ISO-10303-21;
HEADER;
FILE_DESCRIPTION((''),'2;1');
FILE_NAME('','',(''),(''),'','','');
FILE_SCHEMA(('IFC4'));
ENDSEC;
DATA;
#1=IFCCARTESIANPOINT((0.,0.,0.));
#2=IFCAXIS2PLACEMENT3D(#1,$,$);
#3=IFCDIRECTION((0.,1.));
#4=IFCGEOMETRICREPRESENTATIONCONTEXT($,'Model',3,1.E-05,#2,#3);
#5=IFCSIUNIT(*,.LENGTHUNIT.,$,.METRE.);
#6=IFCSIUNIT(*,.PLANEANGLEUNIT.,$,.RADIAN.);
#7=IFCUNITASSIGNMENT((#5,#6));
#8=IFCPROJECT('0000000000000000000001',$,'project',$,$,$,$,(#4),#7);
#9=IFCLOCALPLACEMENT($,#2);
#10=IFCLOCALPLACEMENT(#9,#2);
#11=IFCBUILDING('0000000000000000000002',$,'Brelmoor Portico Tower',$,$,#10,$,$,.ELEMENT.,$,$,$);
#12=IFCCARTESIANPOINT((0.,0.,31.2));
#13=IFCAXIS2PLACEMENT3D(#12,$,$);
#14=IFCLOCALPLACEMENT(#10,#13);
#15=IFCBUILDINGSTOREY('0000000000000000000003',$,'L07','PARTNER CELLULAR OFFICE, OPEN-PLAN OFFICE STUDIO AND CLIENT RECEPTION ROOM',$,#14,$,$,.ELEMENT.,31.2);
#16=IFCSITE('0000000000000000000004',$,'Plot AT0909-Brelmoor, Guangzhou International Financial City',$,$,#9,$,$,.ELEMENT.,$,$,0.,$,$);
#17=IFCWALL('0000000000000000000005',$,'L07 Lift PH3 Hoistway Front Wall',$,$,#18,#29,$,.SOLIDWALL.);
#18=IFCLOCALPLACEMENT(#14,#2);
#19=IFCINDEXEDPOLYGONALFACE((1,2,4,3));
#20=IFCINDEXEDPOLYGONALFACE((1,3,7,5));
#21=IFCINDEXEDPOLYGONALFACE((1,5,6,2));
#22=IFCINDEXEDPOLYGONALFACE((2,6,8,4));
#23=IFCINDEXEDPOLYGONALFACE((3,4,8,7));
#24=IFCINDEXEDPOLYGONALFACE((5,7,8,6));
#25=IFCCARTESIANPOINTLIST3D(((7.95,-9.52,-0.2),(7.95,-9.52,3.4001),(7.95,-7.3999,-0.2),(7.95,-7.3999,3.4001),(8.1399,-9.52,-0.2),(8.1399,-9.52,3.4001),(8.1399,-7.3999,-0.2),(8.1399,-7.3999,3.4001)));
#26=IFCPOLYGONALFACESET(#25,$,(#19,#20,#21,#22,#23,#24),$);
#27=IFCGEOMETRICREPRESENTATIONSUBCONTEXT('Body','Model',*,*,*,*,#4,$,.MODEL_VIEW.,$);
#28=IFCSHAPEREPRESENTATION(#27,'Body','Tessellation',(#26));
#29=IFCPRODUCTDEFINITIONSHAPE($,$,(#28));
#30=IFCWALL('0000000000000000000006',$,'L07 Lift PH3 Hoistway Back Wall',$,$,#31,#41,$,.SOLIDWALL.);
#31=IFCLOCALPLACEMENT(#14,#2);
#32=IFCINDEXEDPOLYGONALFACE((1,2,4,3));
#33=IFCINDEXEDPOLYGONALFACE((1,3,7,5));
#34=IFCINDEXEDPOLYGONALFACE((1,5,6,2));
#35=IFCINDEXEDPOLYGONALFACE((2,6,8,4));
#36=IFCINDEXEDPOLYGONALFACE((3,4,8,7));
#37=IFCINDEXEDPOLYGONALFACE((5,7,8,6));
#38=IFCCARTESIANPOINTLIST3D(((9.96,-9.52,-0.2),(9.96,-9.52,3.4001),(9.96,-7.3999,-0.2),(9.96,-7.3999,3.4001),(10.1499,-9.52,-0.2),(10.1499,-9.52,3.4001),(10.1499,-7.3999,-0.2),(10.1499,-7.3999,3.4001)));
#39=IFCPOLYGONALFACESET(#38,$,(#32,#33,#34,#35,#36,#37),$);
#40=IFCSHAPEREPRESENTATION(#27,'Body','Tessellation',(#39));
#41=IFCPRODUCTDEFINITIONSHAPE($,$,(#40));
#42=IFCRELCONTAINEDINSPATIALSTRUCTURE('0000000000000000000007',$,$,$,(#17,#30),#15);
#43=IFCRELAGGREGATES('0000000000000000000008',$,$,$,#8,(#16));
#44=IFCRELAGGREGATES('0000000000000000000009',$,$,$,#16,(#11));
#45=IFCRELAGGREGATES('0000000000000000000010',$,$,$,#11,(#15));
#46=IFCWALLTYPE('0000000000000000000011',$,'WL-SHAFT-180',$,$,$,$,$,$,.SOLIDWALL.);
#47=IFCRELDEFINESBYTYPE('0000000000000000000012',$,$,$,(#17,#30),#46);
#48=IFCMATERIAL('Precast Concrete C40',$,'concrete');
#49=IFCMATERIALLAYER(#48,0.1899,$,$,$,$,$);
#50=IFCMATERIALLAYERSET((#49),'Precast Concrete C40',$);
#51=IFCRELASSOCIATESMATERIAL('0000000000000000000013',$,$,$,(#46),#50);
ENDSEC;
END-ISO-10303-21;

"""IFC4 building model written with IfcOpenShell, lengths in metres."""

from ifc_helpers import new_model, si_unit, direction, frame, frame_2d, origin, place, context, subcontext, project, spatial, rectangle, extrude, material, layer, layer_set, type_object, element, save


model = new_model("IFC4")

# Units and contexts
model_context = context("Model", 3, precision=1e-05, world=origin(), true_north=direction((0.0, 1.0)))
body_context = subcontext(model_context, "Body", "Model", "MODEL_VIEW")
ifc_project = project(units=[si_unit("LENGTHUNIT", "METRE"), si_unit("PLANEANGLEUNIT", "RADIAN")], contexts=[model_context])

# Site, building, storey
site_placement = place(None, origin())
site = spatial("IfcSite", under=ifc_project, at=site_placement, Name="Plot AT0909-Brelmoor, Guangzhou International Financial City", CompositionType="ELEMENT", RefElevation=0.0)
building_placement = place(site_placement, origin())
building = spatial("IfcBuilding", under=site, at=building_placement, Name="Brelmoor Portico Tower", CompositionType="ELEMENT")
storey_placement = place(building_placement, frame((0.0, 0.0, 31.2)))
storey = spatial("IfcBuildingStorey", under=building, at=storey_placement, Name="L07", Description="PARTNER CELLULAR OFFICE, OPEN-PLAN OFFICE STUDIO AND CLIENT RECEPTION ROOM", CompositionType="ELEMENT", Elevation=31.2)

# Walls
ifc_material_1 = material(Name="Precast Concrete C40", Category="concrete")
ifc_layer_1 = layer(ifc_material_1, 0.1899)
ifc_layer_set_1 = layer_set([ifc_layer_1], Name="Precast Concrete C40")
wall_type_1 = type_object("IfcWallType", Name="WL-SHAFT-180", PredefinedType="SOLIDWALL", material=ifc_layer_set_1)
for number, where, z_axis, x_axis, name in (
    (1, (8.0449, -9.52, -0.2), (0.0, 0.0, 1.0), (0.0, 1.0, 0.0), "L07 Lift PH3 Hoistway Front Wall"),
    (2, (10.0549, -9.52, -0.2), (0.0, 0.0, 1.0), (0.0, 1.0, 0.0), "L07 Lift PH3 Hoistway Back Wall"),
):
    element("IfcWall", number, at=place(storey_placement, frame(where, z_axis=z_axis, x_axis=x_axis)), inside=storey, type_object=wall_type_1, Name=name, PredefinedType="SOLIDWALL", context=body_context, shape_type="SweptSolid", body=[
        extrude(rectangle(XDim=2.1201, YDim=0.1899, at=frame_2d((1.0601, 0.0))), origin(), (0.0, 0.0, 1.0), 3.6001),
    ])

save(model, "model.ifc")
